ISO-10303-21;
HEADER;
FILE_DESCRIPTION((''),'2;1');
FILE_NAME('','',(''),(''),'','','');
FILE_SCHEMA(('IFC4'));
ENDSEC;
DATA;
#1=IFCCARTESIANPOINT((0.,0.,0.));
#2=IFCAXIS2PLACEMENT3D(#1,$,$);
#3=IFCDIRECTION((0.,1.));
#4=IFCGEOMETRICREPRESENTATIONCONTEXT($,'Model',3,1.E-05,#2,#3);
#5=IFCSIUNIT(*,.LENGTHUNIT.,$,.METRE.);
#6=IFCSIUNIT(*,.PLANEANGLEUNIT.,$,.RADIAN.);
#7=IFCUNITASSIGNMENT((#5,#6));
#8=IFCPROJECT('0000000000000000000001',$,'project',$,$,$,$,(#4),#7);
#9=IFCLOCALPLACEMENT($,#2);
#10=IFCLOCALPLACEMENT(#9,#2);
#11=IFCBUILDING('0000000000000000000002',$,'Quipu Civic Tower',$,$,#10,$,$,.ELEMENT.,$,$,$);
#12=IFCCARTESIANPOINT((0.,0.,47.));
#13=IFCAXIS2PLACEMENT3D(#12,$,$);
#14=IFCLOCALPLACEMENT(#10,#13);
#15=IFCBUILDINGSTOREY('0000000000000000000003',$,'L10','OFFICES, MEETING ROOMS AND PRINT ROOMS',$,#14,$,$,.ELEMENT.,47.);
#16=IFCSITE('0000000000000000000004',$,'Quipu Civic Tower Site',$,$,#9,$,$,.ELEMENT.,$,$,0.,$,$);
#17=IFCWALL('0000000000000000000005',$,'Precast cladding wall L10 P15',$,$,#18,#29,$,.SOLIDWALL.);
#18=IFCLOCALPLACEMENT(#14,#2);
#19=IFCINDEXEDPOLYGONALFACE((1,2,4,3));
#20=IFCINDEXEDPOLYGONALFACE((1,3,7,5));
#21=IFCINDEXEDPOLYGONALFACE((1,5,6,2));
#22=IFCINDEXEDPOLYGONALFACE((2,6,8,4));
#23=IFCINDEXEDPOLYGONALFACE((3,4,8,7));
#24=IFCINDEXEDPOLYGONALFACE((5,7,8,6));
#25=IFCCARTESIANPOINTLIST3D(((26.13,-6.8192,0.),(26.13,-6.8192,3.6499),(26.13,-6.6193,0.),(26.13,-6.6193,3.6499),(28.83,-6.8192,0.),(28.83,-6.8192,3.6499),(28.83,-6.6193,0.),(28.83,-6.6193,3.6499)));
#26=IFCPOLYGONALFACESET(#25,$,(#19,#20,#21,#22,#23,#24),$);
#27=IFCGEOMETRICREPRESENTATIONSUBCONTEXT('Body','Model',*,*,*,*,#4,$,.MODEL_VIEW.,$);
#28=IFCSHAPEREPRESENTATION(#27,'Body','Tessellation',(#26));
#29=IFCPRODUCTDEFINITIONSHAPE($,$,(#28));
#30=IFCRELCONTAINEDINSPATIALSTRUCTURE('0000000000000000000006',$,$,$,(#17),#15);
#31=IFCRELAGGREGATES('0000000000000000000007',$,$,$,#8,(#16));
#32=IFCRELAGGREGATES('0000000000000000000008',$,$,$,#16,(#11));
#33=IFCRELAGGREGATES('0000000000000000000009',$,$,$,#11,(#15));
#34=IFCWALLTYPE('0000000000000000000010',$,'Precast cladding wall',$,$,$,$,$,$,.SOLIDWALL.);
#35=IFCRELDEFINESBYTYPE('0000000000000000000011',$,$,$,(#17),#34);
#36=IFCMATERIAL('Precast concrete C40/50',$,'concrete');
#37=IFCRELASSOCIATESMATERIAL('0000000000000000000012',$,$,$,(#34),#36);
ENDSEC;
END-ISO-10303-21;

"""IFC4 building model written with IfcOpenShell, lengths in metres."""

from ifc_helpers import new_model, si_unit, direction, frame, frame_2d, origin, place, context, subcontext, project, spatial, rectangle, extrude, material, type_object, element, save


model = new_model("IFC4")

# Units and contexts
model_context = context("Model", 3, precision=1e-05, world=origin(), true_north=direction((0.0, 1.0)))
body_context = subcontext(model_context, "Body", "Model", "MODEL_VIEW")
ifc_project = project(units=[si_unit("LENGTHUNIT", "METRE"), si_unit("PLANEANGLEUNIT", "RADIAN")], contexts=[model_context])

# Site, building, storey
site_placement = place(None, origin())
site = spatial("IfcSite", under=ifc_project, at=site_placement, Name="Quipu Civic Tower Site", CompositionType="ELEMENT", RefElevation=0.0)
building_placement = place(site_placement, origin())
building = spatial("IfcBuilding", under=site, at=building_placement, Name="Quipu Civic Tower", CompositionType="ELEMENT")
storey_placement = place(building_placement, frame((0.0, 0.0, 47.0)))
storey = spatial("IfcBuildingStorey", under=building, at=storey_placement, Name="L10", Description="OFFICES, MEETING ROOMS AND PRINT ROOMS", CompositionType="ELEMENT", Elevation=47.0)

# Wall
ifc_material_1 = material(Name="Precast concrete C40/50", Category="concrete")
wall_type_1 = type_object("IfcWallType", Name="Precast cladding wall", PredefinedType="SOLIDWALL", material=ifc_material_1)
wall_1_placement = place(storey_placement, frame((26.1299, -6.7192, 0.0), z_axis=(0.0, 0.0, 1.0), x_axis=(1.0, 0.0, 0.0)))
element("IfcWall", 1, at=wall_1_placement, inside=storey, type_object=wall_type_1, Name="Precast cladding wall L10 P15", PredefinedType="SOLIDWALL", context=body_context, shape_type="SweptSolid", body=[
    extrude(rectangle(XDim=2.7, YDim=0.2, at=frame_2d((1.3501, 0.0))), origin(), (0.0, 0.0, 1.0), 3.6499),
])

save(model, "model.ifc")
